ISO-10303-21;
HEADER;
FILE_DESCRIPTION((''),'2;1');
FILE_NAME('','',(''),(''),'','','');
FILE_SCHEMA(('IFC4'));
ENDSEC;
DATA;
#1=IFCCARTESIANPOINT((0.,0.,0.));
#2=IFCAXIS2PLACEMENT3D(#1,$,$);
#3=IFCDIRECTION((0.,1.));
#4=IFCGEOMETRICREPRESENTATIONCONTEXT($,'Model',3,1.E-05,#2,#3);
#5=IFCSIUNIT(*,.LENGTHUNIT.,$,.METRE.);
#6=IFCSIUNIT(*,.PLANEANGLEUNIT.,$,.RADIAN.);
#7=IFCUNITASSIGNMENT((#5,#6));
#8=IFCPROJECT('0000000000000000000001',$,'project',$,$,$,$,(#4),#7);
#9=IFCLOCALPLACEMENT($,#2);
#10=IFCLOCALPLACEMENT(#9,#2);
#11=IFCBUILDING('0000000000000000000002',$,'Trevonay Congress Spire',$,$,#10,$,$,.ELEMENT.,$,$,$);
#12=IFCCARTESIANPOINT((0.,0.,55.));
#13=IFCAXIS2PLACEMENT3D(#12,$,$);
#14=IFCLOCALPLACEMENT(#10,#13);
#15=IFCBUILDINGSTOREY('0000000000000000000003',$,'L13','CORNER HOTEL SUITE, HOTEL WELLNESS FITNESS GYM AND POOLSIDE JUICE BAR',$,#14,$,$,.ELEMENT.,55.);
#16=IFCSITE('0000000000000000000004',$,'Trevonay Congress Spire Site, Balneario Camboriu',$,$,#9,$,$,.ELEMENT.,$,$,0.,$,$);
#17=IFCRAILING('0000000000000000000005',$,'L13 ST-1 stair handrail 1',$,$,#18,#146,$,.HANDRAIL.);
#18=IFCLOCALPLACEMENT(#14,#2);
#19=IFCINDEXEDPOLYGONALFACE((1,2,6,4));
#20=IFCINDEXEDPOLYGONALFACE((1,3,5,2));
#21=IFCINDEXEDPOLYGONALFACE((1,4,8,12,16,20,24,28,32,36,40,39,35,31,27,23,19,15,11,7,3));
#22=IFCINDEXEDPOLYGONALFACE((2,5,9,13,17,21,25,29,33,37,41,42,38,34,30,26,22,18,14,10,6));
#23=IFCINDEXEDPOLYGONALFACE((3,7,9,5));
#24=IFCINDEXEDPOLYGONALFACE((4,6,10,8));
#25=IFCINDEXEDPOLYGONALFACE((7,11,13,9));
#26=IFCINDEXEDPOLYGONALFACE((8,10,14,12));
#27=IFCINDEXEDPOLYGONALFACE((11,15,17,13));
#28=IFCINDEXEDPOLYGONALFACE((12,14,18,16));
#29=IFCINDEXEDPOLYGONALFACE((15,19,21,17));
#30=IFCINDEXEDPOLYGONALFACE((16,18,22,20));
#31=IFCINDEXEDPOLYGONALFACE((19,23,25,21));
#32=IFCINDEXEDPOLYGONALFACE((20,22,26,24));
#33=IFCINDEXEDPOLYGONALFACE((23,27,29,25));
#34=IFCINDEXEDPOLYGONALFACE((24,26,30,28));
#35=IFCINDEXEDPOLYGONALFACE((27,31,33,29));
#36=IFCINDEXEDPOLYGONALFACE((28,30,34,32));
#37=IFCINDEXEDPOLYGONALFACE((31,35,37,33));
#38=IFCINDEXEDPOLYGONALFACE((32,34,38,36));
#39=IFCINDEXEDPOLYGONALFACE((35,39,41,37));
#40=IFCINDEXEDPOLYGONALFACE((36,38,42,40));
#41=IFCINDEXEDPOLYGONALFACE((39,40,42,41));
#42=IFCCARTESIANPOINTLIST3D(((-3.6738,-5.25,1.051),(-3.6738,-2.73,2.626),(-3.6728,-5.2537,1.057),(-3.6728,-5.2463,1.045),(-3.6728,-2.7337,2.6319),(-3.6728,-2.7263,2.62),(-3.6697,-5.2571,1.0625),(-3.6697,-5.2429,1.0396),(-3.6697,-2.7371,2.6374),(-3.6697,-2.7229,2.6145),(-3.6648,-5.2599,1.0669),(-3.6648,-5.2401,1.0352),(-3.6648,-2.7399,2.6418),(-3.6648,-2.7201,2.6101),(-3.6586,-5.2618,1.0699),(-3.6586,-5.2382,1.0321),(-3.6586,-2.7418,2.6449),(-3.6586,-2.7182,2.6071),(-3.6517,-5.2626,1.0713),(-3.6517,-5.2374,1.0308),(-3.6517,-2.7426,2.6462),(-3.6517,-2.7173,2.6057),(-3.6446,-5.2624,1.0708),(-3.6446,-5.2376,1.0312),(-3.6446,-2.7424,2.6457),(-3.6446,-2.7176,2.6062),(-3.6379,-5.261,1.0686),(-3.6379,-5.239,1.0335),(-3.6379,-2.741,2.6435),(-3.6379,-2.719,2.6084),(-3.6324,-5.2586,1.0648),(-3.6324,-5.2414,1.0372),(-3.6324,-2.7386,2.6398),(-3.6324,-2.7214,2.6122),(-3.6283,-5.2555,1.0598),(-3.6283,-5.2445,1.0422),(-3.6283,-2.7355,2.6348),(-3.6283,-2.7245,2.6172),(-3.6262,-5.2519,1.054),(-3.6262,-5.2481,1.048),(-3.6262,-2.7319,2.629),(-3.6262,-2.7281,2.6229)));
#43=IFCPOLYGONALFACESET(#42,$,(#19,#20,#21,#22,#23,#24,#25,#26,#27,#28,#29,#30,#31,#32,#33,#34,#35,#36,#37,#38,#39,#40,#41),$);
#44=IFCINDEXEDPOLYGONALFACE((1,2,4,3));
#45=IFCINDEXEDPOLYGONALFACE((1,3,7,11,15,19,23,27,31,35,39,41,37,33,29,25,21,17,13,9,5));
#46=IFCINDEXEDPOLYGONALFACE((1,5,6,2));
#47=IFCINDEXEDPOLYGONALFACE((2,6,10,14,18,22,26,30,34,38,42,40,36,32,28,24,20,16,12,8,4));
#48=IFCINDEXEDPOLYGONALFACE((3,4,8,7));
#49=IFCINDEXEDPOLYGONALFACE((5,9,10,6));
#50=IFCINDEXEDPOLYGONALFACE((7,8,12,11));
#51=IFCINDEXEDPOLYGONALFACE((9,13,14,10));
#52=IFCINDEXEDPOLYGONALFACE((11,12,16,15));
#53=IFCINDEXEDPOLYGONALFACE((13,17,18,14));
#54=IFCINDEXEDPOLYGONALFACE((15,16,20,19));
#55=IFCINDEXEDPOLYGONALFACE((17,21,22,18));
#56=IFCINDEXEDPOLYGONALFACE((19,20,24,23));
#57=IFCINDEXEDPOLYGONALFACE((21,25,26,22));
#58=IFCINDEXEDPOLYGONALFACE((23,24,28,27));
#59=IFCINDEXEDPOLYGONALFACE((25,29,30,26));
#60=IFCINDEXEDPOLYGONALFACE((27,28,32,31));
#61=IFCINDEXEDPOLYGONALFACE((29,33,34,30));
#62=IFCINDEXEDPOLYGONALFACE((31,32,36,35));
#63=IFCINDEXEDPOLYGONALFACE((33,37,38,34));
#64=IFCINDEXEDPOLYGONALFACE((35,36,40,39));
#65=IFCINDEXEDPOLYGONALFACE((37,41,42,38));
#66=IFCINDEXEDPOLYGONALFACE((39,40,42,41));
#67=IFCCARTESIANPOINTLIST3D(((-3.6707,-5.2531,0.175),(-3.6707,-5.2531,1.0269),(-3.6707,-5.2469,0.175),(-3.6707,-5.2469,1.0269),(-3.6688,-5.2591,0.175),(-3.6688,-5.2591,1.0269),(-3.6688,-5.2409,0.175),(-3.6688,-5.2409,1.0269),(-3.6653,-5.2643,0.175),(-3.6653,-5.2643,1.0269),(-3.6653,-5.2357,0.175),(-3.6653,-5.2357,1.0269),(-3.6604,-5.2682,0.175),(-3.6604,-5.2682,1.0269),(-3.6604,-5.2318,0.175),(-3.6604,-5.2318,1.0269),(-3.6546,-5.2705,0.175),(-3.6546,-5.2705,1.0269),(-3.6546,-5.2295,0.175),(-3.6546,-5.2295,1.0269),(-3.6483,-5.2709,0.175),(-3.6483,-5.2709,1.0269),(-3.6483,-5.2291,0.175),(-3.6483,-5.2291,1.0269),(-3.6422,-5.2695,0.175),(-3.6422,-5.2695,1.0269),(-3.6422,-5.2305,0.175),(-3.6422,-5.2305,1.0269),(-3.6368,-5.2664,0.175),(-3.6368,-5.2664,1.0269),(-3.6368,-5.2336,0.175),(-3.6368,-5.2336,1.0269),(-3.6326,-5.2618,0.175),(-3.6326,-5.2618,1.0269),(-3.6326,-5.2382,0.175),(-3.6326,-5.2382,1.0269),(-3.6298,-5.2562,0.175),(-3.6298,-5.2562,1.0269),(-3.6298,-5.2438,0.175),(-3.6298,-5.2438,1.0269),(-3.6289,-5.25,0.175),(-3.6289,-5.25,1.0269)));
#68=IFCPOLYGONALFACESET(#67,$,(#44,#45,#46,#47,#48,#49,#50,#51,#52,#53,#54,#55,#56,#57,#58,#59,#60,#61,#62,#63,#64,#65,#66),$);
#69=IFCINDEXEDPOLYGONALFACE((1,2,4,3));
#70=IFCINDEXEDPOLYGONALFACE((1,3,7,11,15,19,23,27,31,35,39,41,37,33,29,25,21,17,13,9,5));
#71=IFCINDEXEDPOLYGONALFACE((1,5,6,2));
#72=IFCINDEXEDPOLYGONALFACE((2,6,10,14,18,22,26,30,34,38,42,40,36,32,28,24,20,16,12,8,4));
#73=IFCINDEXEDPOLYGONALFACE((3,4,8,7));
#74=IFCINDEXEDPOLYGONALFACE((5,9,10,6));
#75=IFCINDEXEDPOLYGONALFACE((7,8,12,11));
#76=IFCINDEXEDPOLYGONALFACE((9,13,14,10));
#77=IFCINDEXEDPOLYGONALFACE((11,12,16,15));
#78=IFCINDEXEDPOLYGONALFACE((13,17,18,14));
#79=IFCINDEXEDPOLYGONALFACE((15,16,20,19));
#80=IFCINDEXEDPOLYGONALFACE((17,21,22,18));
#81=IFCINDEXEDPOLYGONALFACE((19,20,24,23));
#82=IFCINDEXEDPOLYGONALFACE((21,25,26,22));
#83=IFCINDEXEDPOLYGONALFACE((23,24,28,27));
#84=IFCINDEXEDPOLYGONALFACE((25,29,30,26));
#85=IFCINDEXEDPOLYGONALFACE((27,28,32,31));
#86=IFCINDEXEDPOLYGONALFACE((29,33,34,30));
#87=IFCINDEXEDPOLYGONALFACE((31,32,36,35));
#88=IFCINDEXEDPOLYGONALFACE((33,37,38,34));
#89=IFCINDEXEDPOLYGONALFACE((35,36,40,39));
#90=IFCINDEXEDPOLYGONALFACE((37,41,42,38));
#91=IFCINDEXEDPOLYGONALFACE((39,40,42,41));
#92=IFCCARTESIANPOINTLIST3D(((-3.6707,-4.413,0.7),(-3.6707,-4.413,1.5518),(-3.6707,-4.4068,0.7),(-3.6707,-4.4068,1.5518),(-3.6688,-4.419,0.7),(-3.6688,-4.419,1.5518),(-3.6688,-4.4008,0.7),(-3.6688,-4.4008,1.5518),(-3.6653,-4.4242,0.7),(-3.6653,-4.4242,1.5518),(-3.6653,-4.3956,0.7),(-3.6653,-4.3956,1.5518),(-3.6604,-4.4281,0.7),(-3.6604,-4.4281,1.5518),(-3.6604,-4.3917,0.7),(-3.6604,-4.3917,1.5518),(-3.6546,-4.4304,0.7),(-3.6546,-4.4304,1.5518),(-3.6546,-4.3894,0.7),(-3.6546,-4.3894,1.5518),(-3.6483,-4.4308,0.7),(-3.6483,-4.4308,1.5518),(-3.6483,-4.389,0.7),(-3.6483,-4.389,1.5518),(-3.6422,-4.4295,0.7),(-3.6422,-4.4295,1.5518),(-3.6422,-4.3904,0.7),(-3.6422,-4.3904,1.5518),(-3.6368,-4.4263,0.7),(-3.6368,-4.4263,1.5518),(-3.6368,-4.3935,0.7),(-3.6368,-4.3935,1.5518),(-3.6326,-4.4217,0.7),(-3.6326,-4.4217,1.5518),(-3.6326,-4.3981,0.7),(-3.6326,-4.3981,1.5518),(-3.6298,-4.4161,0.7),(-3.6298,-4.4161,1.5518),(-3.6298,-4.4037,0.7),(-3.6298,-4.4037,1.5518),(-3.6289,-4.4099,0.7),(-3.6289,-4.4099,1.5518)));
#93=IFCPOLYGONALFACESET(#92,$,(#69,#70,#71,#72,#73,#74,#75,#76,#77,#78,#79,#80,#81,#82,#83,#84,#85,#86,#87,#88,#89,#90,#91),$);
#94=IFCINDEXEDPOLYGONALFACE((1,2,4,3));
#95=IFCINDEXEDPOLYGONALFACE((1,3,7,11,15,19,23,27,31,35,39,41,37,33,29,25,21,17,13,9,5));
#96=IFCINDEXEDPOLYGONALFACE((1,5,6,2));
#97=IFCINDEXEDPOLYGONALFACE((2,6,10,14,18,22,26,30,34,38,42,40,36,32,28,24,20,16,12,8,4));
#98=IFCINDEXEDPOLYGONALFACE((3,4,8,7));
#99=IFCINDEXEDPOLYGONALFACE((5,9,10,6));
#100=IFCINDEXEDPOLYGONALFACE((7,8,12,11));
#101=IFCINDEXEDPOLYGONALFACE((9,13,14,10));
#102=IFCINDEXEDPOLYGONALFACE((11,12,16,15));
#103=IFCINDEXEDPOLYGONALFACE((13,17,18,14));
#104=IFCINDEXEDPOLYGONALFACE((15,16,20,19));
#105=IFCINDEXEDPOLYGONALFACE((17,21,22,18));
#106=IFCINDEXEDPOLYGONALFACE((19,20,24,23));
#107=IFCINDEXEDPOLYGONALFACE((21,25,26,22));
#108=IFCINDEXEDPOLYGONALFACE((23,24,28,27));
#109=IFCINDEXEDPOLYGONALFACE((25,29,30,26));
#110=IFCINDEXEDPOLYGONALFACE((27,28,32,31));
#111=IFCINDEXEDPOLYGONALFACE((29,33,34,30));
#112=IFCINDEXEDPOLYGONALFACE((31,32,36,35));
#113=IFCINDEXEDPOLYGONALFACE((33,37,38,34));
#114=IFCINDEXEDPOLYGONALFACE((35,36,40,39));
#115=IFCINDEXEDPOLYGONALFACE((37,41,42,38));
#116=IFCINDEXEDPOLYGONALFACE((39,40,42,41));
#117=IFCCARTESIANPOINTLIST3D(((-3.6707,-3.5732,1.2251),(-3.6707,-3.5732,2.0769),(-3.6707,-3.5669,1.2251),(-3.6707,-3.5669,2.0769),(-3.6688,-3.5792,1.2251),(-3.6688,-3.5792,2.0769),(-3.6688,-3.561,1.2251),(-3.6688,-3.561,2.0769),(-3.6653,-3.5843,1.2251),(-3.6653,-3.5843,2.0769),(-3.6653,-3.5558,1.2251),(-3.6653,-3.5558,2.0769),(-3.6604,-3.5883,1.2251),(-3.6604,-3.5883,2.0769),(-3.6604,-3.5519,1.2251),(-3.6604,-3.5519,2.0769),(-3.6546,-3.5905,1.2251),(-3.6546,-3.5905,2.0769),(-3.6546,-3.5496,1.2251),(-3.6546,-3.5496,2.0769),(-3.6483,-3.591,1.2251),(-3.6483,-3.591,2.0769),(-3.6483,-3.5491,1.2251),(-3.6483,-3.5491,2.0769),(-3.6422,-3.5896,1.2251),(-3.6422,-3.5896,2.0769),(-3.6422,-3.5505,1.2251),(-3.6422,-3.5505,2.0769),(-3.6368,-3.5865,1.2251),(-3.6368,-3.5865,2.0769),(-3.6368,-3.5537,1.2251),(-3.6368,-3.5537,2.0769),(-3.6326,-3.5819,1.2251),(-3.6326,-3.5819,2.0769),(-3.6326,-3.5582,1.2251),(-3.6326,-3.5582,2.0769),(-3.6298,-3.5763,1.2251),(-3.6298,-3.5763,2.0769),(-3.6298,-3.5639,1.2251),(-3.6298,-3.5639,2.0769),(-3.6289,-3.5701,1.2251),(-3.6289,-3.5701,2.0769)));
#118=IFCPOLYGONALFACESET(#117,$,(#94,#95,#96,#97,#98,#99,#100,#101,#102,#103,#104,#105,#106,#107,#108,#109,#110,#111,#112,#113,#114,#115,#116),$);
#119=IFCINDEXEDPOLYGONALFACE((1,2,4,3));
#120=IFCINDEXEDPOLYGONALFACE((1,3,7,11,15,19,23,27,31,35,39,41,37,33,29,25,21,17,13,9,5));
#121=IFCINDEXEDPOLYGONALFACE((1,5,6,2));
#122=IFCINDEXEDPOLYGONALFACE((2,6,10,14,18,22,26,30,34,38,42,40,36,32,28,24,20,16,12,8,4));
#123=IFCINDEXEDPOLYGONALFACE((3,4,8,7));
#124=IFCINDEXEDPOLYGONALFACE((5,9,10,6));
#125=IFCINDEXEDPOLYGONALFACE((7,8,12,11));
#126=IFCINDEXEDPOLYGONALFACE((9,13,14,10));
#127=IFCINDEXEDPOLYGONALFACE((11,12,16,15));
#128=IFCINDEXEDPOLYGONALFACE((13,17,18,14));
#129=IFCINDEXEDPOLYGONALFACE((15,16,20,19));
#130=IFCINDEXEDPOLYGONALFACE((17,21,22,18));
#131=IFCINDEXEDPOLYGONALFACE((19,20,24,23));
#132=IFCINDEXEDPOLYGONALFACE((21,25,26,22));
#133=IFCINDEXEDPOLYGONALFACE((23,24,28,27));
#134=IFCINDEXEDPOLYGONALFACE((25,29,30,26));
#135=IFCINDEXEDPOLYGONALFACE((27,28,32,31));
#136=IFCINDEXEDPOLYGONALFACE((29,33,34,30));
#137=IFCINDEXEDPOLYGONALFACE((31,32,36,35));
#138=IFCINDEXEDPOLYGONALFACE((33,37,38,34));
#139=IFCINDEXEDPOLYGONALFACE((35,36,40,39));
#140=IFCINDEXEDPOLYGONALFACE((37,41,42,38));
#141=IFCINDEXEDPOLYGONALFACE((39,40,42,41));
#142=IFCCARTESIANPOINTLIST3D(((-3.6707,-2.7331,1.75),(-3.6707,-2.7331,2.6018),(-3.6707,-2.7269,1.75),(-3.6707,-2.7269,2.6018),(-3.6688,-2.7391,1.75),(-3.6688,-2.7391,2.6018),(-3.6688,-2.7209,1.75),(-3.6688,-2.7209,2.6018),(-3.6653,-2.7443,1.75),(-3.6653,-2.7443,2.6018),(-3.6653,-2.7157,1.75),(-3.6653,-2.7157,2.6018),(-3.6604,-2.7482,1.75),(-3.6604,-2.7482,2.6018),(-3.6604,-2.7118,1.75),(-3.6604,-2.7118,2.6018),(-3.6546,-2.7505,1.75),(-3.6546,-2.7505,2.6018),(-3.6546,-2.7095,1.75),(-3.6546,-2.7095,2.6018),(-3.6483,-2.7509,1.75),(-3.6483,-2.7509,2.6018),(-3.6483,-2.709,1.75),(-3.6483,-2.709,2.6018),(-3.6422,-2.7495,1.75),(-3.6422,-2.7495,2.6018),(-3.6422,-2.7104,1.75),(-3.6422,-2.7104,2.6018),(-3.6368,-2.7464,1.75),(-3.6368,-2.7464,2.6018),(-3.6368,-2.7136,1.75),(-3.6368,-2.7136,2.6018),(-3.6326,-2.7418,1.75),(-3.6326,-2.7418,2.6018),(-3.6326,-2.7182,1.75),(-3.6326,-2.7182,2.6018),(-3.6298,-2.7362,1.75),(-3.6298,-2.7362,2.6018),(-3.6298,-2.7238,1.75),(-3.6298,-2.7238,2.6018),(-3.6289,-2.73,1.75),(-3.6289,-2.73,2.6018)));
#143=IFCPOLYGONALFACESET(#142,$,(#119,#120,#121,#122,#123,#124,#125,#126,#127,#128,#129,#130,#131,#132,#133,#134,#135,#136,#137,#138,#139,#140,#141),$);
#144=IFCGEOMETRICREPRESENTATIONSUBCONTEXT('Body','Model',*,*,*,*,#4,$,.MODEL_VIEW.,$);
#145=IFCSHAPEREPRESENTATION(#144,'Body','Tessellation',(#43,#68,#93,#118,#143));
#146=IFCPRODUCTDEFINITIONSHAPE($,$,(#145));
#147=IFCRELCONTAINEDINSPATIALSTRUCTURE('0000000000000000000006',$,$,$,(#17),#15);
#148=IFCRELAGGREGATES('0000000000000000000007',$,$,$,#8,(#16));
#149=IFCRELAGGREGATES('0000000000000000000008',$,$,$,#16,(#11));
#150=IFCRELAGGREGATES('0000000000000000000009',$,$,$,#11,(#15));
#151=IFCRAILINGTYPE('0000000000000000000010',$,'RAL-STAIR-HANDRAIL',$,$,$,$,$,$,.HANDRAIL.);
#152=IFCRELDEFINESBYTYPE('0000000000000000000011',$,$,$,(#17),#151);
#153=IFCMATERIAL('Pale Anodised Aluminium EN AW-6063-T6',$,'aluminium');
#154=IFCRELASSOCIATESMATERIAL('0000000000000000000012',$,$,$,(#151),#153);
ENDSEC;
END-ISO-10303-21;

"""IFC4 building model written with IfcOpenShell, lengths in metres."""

from ifc_helpers import new_model, si_unit, direction, frame, origin, origin_2d, place, context, subcontext, project, spatial, circle, extrude, material, type_object, element, save


model = new_model("IFC4")

# Units and contexts
model_context = context("Model", 3, precision=1e-05, world=origin(), true_north=direction((0.0, 1.0)))
body_context = subcontext(model_context, "Body", "Model", "MODEL_VIEW")
ifc_project = project(units=[si_unit("LENGTHUNIT", "METRE"), si_unit("PLANEANGLEUNIT", "RADIAN")], contexts=[model_context])

# Site, building, storey
site_placement = place(None, origin())
site = spatial("IfcSite", under=ifc_project, at=site_placement, Name="Trevonay Congress Spire Site, Balneario Camboriu", CompositionType="ELEMENT", RefElevation=0.0)
building_placement = place(site_placement, origin())
building = spatial("IfcBuilding", under=site, at=building_placement, Name="Trevonay Congress Spire", CompositionType="ELEMENT")
storey_placement = place(building_placement, frame((0.0, 0.0, 55.0)))
storey = spatial("IfcBuildingStorey", under=building, at=storey_placement, Name="L13", Description="CORNER HOTEL SUITE, HOTEL WELLNESS FITNESS GYM AND POOLSIDE JUICE BAR", CompositionType="ELEMENT", Elevation=55.0)

# Railing
ifc_material_1 = material(Name="Pale Anodised Aluminium EN AW-6063-T6", Category="aluminium")
railing_type_1 = type_object("IfcRailingType", Name="RAL-STAIR-HANDRAIL", PredefinedType="HANDRAIL", material=ifc_material_1)
railing_1_placement = place(storey_placement, frame((-3.6499, -5.25, 0.175)))
element("IfcRailing", 1, at=railing_1_placement, inside=storey, type_object=railing_type_1, Name="L13 ST-1 stair handrail 1", PredefinedType="HANDRAIL", context=body_context, shape_type="SweptSolid", body=[
    extrude(circle(Radius=0.0239, at=origin_2d()), frame((0.0, 0.0, 0.876), z_axis=(0.0, 0.848008, 0.529984), x_axis=(-1.0, 0.0, 0.0)), (0.0, 0.0, 1.0), 2.9717),
    extrude(circle(Radius=0.021, at=origin_2d()), origin(), (0.0, 0.0, 1.0), 0.8518),
    extrude(circle(Radius=0.021, at=origin_2d()), frame((0.0, 0.8401, 0.5249)), (0.0, 0.0, 1.0), 0.8518),
    extrude(circle(Radius=0.021, at=origin_2d()), frame((0.0, 1.6799, 1.05)), (0.0, 0.0, 1.0), 0.8518),
    extrude(circle(Radius=0.021, at=origin_2d()), frame((0.0, 2.52, 1.575)), (0.0, 0.0, 1.0), 0.8518),
])

save(model, "model.ifc")
